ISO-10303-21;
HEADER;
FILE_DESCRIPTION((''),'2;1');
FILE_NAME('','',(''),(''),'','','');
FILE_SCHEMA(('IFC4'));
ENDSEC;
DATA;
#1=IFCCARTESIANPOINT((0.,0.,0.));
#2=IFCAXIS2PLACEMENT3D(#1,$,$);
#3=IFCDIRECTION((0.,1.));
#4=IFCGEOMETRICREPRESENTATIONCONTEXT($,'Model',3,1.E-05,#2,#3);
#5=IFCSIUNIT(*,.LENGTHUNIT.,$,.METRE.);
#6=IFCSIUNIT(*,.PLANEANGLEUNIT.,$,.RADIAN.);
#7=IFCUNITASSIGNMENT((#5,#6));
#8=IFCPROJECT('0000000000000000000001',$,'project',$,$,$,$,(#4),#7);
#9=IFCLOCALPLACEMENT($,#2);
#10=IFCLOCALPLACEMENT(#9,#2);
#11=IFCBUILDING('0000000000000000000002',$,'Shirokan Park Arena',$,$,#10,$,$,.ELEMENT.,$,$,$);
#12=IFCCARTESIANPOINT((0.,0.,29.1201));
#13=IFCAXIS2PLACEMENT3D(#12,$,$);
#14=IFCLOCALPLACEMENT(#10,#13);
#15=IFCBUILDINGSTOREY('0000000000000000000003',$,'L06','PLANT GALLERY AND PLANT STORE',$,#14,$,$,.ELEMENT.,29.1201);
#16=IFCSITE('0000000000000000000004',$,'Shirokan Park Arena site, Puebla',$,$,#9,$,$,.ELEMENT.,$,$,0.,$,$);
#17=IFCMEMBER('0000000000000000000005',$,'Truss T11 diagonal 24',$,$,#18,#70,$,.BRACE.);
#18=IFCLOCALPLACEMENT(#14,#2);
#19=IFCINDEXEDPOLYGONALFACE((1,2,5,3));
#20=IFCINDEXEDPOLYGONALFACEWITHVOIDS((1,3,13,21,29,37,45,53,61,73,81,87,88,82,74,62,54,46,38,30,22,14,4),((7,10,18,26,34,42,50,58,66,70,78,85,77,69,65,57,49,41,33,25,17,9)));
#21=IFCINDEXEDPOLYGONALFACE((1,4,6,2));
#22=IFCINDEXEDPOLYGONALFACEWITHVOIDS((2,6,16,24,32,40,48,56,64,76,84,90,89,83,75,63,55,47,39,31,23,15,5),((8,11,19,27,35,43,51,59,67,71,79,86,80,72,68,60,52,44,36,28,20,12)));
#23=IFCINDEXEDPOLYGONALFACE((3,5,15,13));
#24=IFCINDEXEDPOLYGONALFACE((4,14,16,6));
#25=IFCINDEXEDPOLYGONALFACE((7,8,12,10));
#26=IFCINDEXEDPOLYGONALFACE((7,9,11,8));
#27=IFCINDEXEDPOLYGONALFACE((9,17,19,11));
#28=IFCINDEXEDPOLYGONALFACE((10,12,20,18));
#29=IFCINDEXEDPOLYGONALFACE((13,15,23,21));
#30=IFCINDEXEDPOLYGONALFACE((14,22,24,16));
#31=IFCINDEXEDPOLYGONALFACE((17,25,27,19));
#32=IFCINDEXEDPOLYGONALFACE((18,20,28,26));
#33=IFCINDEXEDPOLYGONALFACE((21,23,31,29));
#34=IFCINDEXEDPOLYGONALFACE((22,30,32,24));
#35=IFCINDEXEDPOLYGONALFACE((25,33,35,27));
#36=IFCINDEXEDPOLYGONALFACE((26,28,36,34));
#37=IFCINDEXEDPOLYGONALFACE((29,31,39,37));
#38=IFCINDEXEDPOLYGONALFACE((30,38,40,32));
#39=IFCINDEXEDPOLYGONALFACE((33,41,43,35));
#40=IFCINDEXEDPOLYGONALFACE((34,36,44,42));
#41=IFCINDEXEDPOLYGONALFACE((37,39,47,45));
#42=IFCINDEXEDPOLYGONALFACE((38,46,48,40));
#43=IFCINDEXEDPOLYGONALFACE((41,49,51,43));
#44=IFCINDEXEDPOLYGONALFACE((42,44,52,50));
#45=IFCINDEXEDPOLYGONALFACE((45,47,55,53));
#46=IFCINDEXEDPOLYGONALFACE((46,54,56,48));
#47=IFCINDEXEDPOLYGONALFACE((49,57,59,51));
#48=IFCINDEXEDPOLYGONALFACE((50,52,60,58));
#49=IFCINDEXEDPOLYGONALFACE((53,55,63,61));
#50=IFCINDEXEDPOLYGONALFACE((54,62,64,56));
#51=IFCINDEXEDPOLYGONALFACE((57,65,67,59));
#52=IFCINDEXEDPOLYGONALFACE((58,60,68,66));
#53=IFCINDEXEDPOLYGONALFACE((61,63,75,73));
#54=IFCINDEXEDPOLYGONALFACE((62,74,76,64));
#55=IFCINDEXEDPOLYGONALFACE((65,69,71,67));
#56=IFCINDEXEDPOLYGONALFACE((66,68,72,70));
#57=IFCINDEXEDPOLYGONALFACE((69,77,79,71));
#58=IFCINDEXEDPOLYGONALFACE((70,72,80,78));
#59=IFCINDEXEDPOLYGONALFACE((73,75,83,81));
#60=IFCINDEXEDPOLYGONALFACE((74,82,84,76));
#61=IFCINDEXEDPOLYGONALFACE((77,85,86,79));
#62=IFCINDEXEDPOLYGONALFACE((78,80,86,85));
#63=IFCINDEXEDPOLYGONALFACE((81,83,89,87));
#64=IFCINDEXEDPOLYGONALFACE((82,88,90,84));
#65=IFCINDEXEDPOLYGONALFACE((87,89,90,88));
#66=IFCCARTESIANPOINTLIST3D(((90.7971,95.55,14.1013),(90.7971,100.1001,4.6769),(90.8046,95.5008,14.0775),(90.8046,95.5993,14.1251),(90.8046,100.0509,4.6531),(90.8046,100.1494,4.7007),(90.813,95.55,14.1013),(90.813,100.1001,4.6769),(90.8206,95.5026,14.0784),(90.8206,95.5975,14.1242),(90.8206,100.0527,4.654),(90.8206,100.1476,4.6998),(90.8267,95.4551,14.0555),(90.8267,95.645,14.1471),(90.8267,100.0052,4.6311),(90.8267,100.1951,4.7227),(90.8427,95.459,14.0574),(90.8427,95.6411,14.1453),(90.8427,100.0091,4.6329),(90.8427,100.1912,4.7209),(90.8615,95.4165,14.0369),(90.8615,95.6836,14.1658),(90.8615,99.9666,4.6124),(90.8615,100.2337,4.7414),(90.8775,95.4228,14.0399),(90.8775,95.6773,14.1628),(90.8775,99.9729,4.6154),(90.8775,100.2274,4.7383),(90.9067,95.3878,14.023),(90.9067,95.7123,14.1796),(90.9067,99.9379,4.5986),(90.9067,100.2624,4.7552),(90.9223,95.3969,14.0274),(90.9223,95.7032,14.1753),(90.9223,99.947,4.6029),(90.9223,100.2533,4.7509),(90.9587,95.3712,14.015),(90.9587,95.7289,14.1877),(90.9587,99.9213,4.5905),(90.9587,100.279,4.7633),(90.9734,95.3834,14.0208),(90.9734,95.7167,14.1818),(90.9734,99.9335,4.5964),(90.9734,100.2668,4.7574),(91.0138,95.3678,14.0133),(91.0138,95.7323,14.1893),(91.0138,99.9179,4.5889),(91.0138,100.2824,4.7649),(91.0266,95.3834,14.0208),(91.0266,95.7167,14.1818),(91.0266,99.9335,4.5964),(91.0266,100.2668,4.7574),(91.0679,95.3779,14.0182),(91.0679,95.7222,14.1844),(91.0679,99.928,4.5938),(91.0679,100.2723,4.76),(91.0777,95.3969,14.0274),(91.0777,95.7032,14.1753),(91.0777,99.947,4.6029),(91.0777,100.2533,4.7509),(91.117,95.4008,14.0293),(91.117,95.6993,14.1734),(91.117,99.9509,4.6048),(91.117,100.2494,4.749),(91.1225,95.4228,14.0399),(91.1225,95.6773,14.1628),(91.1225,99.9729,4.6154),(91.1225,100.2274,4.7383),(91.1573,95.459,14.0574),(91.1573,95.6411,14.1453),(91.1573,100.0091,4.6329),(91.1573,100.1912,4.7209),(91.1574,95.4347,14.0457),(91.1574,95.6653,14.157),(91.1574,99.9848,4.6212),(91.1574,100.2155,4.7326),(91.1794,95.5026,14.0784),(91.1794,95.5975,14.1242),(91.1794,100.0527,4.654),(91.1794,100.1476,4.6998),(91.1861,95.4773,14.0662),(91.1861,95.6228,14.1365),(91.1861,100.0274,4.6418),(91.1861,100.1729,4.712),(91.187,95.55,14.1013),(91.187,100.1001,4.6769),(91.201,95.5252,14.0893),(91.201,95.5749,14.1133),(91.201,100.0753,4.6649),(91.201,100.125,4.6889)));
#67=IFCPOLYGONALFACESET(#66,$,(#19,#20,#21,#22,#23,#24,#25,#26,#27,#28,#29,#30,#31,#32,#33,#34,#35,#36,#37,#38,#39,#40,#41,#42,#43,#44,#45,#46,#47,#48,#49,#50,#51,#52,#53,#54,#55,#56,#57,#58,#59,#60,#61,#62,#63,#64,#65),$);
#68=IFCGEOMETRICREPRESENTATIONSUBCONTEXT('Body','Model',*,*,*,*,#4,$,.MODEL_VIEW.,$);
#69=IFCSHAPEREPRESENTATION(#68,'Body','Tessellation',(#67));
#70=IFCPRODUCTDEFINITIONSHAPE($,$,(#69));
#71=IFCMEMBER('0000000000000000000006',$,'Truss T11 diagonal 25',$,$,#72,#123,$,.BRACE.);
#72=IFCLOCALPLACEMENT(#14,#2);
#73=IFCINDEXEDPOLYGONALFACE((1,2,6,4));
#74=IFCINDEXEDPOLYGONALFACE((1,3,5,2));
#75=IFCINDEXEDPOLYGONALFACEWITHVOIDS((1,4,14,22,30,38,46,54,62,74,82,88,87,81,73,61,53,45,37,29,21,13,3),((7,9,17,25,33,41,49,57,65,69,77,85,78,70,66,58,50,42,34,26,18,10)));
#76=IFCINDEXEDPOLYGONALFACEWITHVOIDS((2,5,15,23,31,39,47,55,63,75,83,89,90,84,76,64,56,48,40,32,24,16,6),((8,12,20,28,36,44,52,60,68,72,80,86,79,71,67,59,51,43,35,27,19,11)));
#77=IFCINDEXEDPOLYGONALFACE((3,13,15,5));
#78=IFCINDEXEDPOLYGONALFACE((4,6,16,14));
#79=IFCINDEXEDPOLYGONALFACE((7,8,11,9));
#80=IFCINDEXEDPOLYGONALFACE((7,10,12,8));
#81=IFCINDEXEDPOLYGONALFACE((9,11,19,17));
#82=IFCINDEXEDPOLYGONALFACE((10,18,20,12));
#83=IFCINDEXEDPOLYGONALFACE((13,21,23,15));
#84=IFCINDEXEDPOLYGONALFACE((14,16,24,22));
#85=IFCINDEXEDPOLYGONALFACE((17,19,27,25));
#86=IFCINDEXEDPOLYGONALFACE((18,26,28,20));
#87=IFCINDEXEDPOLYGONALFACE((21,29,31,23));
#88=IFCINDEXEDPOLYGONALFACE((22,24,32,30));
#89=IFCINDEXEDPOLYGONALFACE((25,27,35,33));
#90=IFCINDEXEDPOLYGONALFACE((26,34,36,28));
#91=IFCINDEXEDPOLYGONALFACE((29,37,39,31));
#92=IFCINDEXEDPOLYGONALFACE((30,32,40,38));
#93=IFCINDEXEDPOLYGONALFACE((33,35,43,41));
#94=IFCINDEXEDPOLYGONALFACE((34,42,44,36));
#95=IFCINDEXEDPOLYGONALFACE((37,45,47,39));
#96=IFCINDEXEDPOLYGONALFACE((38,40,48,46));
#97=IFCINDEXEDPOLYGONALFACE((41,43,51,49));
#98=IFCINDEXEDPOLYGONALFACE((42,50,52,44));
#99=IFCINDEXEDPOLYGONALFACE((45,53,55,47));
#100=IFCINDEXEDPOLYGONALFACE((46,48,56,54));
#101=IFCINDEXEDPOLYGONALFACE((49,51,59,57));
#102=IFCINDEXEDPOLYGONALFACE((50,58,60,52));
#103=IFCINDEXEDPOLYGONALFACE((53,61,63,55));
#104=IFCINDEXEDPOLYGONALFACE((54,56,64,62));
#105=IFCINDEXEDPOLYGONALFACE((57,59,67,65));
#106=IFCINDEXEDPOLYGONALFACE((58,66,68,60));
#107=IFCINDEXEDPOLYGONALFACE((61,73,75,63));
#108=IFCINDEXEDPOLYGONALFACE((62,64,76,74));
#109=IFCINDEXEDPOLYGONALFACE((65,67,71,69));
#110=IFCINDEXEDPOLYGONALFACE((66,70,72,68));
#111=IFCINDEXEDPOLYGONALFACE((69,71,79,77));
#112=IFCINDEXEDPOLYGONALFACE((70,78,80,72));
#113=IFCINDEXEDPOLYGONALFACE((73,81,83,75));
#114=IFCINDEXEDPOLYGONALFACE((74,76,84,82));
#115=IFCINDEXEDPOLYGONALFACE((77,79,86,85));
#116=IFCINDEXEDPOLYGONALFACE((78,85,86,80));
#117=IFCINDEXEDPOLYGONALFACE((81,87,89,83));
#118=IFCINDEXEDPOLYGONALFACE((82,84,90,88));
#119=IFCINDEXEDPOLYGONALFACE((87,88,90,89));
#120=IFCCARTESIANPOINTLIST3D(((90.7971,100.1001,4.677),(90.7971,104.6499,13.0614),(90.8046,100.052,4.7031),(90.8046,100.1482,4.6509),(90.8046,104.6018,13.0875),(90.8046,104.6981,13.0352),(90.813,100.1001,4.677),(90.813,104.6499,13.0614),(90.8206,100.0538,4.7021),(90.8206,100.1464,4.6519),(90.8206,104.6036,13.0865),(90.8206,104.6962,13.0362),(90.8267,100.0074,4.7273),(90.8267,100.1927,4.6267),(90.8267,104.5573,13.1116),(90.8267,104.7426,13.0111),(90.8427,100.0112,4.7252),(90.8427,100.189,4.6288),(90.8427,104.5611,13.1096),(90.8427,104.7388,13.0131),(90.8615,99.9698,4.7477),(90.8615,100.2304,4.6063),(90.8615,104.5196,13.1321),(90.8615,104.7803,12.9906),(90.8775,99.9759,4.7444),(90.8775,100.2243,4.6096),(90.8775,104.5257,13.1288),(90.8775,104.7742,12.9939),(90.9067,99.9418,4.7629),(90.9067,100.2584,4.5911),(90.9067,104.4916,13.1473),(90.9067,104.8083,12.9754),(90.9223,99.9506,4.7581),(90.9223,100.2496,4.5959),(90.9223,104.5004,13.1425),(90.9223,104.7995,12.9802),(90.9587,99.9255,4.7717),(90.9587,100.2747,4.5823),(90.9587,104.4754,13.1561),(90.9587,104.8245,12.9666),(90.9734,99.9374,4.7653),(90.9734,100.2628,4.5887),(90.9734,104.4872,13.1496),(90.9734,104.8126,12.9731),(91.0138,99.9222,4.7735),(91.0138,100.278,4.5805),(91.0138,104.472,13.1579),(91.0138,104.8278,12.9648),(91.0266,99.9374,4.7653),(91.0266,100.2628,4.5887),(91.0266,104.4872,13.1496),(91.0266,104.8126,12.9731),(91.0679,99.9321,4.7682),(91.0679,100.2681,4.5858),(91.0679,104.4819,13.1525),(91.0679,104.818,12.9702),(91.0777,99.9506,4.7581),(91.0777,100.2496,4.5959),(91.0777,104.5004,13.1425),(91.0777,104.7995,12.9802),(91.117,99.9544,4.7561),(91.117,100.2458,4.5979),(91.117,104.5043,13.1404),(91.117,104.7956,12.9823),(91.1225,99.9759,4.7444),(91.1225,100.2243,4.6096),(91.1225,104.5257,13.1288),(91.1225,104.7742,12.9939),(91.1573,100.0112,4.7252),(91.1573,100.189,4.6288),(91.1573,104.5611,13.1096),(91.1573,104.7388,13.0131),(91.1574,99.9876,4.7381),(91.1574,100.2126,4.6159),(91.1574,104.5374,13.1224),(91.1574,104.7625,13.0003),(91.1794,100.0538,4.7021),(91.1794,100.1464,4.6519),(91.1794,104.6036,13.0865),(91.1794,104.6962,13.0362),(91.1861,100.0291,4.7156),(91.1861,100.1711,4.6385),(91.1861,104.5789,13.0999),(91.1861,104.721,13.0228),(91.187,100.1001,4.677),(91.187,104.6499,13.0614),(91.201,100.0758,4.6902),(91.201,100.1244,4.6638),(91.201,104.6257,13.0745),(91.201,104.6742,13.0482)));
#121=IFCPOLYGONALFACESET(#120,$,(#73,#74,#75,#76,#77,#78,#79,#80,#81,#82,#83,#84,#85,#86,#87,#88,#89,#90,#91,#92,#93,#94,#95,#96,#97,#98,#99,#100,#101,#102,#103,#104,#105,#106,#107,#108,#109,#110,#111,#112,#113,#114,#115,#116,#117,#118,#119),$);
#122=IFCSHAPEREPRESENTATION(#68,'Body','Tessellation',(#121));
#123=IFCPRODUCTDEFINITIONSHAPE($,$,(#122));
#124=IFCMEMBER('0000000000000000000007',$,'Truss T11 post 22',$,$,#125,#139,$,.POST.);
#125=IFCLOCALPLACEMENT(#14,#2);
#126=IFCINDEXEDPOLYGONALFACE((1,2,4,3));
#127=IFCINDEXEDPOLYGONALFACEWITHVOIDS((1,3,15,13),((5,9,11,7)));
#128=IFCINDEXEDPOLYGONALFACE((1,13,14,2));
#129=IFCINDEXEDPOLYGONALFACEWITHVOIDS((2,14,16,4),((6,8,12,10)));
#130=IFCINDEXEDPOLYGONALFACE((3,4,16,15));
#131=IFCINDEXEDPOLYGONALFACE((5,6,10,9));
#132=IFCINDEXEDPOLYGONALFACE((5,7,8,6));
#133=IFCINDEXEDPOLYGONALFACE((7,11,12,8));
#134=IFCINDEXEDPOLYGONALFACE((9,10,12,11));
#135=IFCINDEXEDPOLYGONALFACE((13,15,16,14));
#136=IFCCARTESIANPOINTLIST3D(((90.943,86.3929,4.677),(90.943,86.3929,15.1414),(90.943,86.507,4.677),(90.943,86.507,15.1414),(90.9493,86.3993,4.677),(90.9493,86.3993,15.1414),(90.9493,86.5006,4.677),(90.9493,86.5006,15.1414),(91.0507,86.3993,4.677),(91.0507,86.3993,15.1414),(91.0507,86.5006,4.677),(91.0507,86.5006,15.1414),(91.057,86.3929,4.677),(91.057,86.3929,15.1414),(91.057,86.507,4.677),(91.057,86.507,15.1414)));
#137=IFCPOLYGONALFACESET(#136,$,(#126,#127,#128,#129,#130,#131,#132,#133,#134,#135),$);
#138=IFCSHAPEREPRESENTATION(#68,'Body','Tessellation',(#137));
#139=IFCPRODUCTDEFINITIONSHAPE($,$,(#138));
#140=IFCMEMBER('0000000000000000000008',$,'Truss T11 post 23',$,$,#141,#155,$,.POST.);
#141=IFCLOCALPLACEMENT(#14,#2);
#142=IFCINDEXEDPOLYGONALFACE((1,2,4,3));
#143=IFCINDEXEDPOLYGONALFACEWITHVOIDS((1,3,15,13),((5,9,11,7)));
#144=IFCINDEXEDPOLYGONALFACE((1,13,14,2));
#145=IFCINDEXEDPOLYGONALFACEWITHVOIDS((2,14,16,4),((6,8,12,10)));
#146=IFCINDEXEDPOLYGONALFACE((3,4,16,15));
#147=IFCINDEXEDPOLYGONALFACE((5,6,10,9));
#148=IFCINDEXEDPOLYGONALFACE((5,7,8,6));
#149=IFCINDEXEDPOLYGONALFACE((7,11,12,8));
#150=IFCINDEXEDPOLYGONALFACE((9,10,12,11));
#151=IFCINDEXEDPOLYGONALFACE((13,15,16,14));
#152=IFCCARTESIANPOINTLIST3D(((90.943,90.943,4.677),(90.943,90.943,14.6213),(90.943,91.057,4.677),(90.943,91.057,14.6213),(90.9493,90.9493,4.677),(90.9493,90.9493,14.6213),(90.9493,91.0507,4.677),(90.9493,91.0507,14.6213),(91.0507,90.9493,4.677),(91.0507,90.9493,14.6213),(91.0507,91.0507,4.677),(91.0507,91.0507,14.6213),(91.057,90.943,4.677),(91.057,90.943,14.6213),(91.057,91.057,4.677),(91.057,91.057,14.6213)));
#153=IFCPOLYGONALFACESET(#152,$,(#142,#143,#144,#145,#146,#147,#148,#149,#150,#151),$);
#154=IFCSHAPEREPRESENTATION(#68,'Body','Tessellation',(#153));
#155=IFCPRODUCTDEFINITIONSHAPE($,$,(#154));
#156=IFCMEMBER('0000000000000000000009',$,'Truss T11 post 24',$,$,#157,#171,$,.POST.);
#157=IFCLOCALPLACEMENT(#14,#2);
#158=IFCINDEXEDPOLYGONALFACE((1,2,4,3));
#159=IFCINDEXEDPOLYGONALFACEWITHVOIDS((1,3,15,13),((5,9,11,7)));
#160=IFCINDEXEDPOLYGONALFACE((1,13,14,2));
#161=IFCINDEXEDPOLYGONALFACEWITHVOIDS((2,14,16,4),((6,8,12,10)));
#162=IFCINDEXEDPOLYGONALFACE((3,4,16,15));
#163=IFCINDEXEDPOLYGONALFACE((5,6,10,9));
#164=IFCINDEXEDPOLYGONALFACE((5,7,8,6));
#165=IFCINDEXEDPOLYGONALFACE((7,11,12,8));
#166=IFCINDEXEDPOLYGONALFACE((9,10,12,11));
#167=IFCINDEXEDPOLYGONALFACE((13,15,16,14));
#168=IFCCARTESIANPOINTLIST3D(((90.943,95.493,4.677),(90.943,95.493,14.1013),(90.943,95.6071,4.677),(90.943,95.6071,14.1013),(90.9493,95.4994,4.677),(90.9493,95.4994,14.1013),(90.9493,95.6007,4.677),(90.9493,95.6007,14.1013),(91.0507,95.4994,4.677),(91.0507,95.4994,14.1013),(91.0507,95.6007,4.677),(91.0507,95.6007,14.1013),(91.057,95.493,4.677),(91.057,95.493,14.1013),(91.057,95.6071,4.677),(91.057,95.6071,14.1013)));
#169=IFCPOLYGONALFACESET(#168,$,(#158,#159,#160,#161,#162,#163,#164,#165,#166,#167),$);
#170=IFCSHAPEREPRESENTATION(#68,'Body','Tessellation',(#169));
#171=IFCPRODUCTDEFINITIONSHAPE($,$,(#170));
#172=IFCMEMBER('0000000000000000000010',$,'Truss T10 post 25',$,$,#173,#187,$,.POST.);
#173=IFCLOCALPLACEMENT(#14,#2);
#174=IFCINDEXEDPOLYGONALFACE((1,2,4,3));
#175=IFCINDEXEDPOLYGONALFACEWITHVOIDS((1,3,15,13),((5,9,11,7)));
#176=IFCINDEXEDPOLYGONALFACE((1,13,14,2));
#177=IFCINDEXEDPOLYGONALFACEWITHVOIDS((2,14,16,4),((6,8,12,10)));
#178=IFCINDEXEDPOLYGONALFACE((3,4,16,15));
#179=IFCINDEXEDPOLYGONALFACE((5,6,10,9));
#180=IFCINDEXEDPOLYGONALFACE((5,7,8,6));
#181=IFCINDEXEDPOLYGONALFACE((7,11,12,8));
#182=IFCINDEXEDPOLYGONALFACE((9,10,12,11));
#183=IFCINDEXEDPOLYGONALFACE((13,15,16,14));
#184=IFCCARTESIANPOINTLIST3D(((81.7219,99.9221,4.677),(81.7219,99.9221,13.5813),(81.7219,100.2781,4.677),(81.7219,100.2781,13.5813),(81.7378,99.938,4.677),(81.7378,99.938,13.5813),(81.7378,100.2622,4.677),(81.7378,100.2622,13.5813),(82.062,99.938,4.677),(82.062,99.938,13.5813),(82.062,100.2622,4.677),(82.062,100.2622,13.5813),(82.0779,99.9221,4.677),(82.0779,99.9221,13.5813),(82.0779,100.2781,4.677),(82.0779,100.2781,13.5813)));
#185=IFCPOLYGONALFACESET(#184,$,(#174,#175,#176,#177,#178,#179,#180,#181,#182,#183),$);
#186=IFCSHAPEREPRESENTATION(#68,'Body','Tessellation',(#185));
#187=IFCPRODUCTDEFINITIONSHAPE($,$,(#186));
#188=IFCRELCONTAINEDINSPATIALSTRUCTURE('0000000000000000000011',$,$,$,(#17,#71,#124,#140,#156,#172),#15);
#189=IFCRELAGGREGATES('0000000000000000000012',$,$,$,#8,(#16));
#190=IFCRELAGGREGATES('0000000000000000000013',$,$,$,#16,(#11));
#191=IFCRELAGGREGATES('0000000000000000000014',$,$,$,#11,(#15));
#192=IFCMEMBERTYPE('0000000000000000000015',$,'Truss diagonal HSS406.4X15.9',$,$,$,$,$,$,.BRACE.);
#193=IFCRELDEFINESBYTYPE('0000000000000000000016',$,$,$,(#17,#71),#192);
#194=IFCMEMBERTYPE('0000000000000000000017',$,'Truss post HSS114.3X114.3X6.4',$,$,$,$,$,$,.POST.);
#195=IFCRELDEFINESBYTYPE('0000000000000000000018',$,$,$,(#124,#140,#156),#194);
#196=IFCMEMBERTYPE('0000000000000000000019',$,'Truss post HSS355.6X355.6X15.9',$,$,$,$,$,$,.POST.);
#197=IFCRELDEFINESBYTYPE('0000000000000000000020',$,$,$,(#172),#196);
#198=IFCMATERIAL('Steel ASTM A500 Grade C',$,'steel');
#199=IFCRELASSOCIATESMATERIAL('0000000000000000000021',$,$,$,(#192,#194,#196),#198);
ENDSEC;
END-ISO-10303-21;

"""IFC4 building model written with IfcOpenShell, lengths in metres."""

from ifc_helpers import new_model, si_unit, direction, frame, origin, origin_2d, place, context, subcontext, project, spatial, hollow_rectangle, hollow_circle, extrude, material, material_profile, profile_set, type_object, element, save


model = new_model("IFC4")

# Units and contexts
model_context = context("Model", 3, precision=1e-05, world=origin(), true_north=direction((0.0, 1.0)))
body_context = subcontext(model_context, "Body", "Model", "MODEL_VIEW")
ifc_project = project(units=[si_unit("LENGTHUNIT", "METRE"), si_unit("PLANEANGLEUNIT", "RADIAN")], contexts=[model_context])

# Site, building, storey
site_placement = place(None, origin())
site = spatial("IfcSite", under=ifc_project, at=site_placement, Name="Shirokan Park Arena site, Puebla", CompositionType="ELEMENT", RefElevation=0.0)
building_placement = place(site_placement, origin())
building = spatial("IfcBuilding", under=site, at=building_placement, Name="Shirokan Park Arena", CompositionType="ELEMENT")
storey_placement = place(building_placement, frame((0.0, 0.0, 29.1201)))
storey = spatial("IfcBuildingStorey", under=building, at=storey_placement, Name="L06", Description="PLANT GALLERY AND PLANT STORE", CompositionType="ELEMENT", Elevation=29.1201)

# Shared definitions
ifc_material_1 = material(Name="Steel ASTM A500 Grade C", Category="steel")

# Members
ifc_material_profile_1 = material_profile(ifc_material_1, hollow_circle(Radius=0.2029, WallThickness=0.0159, at=origin_2d()), Name="HSS406.4X15.9")
ifc_profile_set_1 = profile_set([ifc_material_profile_1], Name="Steel ASTM A500 Grade C")
member_type_1 = type_object("IfcMemberType", Name="Truss diagonal HSS406.4X15.9", PredefinedType="BRACE", material=ifc_profile_set_1)
for number, where, z_axis, x_axis, name in (
    (1, (91.0, 95.55, 14.1013), (0.0, 0.434778, -0.900537), (-1.0, 0.0, 0.0), "Truss T11 diagonal 24"),
):
    element("IfcMember", number, at=place(storey_placement, frame(where, z_axis=z_axis, x_axis=x_axis)), inside=storey, type_object=member_type_1, Name=name, PredefinedType="BRACE", context=body_context, shape_type="SweptSolid", body=[
        extrude(hollow_circle(Radius=0.2029, WallThickness=0.0159, at=origin_2d()), origin(), (0.0, 0.0, 1.0), 10.4653),
    ])
member_1_placement = place(storey_placement, frame((91.0, 100.1001, 4.677), z_axis=(0.0, 0.476957, 0.878926), x_axis=(-1.0, 0.0, 0.0)))
element("IfcMember", 2, at=member_1_placement, inside=storey, type_object=member_type_1, Name="Truss T11 diagonal 25", PredefinedType="BRACE", context=body_context, shape_type="SweptSolid", body=[
    extrude(hollow_circle(Radius=0.2029, WallThickness=0.0159, at=origin_2d()), origin(), (0.0, 0.0, 1.0), 9.5393),
])
ifc_material_profile_2 = material_profile(ifc_material_1, hollow_rectangle(XDim=0.114, YDim=0.114, WallThickness=0.0063, at=origin_2d()), Name="HSS114.3X114.3X6.4")
ifc_profile_set_2 = profile_set([ifc_material_profile_2], Name="Steel ASTM A500 Grade C")
member_type_2 = type_object("IfcMemberType", Name="Truss post HSS114.3X114.3X6.4", PredefinedType="POST", material=ifc_profile_set_2)
member_2_placement = place(storey_placement, frame((91.0, 86.45, 4.677), z_axis=(0.0, 0.0, 1.0), x_axis=(1.0, 0.0, 0.0)))
element("IfcMember", 3, at=member_2_placement, inside=storey, type_object=member_type_2, Name="Truss T11 post 22", PredefinedType="POST", context=body_context, shape_type="SweptSolid", body=[
    extrude(hollow_rectangle(XDim=0.114, YDim=0.114, WallThickness=0.0063, at=origin_2d()), origin(), (0.0, 0.0, 1.0), 10.4644),
])
member_3_placement = place(storey_placement, frame((91.0, 91.0, 4.677), z_axis=(0.0, 0.0, 1.0), x_axis=(1.0, 0.0, 0.0)))
element("IfcMember", 4, at=member_3_placement, inside=storey, type_object=member_type_2, Name="Truss T11 post 23", PredefinedType="POST", context=body_context, shape_type="SweptSolid", body=[
    extrude(hollow_rectangle(XDim=0.114, YDim=0.114, WallThickness=0.0063, at=origin_2d()), origin(), (0.0, 0.0, 1.0), 9.9443),
])
member_4_placement = place(storey_placement, frame((91.0, 95.55, 4.677), z_axis=(0.0, 0.0, 1.0), x_axis=(1.0, 0.0, 0.0)))
element("IfcMember", 5, at=member_4_placement, inside=storey, type_object=member_type_2, Name="Truss T11 post 24", PredefinedType="POST", context=body_context, shape_type="SweptSolid", body=[
    extrude(hollow_rectangle(XDim=0.114, YDim=0.114, WallThickness=0.0063, at=origin_2d()), origin(), (0.0, 0.0, 1.0), 9.4243),
])
ifc_material_profile_3 = material_profile(ifc_material_1, hollow_rectangle(XDim=0.356, YDim=0.356, WallThickness=0.0159, at=origin_2d()), Name="HSS355.6X355.6X15.9")
ifc_profile_set_3 = profile_set([ifc_material_profile_3], Name="Steel ASTM A500 Grade C")
member_type_3 = type_object("IfcMemberType", Name="Truss post HSS355.6X355.6X15.9", PredefinedType="POST", material=ifc_profile_set_3)
for number, where, z_axis, x_axis, name in (
    (6, (81.8999, 100.1001, 4.677), (0.0, 0.0, 1.0), (1.0, 0.0, 0.0), "Truss T10 post 25"),
):
    element("IfcMember", number, at=place(storey_placement, frame(where, z_axis=z_axis, x_axis=x_axis)), inside=storey, type_object=member_type_3, Name=name, PredefinedType="POST", context=body_context, shape_type="SweptSolid", body=[
        extrude(hollow_rectangle(XDim=0.356, YDim=0.356, WallThickness=0.0159, at=origin_2d()), origin(), (0.0, 0.0, 1.0), 8.9043),
    ])

save(model, "model.ifc")
